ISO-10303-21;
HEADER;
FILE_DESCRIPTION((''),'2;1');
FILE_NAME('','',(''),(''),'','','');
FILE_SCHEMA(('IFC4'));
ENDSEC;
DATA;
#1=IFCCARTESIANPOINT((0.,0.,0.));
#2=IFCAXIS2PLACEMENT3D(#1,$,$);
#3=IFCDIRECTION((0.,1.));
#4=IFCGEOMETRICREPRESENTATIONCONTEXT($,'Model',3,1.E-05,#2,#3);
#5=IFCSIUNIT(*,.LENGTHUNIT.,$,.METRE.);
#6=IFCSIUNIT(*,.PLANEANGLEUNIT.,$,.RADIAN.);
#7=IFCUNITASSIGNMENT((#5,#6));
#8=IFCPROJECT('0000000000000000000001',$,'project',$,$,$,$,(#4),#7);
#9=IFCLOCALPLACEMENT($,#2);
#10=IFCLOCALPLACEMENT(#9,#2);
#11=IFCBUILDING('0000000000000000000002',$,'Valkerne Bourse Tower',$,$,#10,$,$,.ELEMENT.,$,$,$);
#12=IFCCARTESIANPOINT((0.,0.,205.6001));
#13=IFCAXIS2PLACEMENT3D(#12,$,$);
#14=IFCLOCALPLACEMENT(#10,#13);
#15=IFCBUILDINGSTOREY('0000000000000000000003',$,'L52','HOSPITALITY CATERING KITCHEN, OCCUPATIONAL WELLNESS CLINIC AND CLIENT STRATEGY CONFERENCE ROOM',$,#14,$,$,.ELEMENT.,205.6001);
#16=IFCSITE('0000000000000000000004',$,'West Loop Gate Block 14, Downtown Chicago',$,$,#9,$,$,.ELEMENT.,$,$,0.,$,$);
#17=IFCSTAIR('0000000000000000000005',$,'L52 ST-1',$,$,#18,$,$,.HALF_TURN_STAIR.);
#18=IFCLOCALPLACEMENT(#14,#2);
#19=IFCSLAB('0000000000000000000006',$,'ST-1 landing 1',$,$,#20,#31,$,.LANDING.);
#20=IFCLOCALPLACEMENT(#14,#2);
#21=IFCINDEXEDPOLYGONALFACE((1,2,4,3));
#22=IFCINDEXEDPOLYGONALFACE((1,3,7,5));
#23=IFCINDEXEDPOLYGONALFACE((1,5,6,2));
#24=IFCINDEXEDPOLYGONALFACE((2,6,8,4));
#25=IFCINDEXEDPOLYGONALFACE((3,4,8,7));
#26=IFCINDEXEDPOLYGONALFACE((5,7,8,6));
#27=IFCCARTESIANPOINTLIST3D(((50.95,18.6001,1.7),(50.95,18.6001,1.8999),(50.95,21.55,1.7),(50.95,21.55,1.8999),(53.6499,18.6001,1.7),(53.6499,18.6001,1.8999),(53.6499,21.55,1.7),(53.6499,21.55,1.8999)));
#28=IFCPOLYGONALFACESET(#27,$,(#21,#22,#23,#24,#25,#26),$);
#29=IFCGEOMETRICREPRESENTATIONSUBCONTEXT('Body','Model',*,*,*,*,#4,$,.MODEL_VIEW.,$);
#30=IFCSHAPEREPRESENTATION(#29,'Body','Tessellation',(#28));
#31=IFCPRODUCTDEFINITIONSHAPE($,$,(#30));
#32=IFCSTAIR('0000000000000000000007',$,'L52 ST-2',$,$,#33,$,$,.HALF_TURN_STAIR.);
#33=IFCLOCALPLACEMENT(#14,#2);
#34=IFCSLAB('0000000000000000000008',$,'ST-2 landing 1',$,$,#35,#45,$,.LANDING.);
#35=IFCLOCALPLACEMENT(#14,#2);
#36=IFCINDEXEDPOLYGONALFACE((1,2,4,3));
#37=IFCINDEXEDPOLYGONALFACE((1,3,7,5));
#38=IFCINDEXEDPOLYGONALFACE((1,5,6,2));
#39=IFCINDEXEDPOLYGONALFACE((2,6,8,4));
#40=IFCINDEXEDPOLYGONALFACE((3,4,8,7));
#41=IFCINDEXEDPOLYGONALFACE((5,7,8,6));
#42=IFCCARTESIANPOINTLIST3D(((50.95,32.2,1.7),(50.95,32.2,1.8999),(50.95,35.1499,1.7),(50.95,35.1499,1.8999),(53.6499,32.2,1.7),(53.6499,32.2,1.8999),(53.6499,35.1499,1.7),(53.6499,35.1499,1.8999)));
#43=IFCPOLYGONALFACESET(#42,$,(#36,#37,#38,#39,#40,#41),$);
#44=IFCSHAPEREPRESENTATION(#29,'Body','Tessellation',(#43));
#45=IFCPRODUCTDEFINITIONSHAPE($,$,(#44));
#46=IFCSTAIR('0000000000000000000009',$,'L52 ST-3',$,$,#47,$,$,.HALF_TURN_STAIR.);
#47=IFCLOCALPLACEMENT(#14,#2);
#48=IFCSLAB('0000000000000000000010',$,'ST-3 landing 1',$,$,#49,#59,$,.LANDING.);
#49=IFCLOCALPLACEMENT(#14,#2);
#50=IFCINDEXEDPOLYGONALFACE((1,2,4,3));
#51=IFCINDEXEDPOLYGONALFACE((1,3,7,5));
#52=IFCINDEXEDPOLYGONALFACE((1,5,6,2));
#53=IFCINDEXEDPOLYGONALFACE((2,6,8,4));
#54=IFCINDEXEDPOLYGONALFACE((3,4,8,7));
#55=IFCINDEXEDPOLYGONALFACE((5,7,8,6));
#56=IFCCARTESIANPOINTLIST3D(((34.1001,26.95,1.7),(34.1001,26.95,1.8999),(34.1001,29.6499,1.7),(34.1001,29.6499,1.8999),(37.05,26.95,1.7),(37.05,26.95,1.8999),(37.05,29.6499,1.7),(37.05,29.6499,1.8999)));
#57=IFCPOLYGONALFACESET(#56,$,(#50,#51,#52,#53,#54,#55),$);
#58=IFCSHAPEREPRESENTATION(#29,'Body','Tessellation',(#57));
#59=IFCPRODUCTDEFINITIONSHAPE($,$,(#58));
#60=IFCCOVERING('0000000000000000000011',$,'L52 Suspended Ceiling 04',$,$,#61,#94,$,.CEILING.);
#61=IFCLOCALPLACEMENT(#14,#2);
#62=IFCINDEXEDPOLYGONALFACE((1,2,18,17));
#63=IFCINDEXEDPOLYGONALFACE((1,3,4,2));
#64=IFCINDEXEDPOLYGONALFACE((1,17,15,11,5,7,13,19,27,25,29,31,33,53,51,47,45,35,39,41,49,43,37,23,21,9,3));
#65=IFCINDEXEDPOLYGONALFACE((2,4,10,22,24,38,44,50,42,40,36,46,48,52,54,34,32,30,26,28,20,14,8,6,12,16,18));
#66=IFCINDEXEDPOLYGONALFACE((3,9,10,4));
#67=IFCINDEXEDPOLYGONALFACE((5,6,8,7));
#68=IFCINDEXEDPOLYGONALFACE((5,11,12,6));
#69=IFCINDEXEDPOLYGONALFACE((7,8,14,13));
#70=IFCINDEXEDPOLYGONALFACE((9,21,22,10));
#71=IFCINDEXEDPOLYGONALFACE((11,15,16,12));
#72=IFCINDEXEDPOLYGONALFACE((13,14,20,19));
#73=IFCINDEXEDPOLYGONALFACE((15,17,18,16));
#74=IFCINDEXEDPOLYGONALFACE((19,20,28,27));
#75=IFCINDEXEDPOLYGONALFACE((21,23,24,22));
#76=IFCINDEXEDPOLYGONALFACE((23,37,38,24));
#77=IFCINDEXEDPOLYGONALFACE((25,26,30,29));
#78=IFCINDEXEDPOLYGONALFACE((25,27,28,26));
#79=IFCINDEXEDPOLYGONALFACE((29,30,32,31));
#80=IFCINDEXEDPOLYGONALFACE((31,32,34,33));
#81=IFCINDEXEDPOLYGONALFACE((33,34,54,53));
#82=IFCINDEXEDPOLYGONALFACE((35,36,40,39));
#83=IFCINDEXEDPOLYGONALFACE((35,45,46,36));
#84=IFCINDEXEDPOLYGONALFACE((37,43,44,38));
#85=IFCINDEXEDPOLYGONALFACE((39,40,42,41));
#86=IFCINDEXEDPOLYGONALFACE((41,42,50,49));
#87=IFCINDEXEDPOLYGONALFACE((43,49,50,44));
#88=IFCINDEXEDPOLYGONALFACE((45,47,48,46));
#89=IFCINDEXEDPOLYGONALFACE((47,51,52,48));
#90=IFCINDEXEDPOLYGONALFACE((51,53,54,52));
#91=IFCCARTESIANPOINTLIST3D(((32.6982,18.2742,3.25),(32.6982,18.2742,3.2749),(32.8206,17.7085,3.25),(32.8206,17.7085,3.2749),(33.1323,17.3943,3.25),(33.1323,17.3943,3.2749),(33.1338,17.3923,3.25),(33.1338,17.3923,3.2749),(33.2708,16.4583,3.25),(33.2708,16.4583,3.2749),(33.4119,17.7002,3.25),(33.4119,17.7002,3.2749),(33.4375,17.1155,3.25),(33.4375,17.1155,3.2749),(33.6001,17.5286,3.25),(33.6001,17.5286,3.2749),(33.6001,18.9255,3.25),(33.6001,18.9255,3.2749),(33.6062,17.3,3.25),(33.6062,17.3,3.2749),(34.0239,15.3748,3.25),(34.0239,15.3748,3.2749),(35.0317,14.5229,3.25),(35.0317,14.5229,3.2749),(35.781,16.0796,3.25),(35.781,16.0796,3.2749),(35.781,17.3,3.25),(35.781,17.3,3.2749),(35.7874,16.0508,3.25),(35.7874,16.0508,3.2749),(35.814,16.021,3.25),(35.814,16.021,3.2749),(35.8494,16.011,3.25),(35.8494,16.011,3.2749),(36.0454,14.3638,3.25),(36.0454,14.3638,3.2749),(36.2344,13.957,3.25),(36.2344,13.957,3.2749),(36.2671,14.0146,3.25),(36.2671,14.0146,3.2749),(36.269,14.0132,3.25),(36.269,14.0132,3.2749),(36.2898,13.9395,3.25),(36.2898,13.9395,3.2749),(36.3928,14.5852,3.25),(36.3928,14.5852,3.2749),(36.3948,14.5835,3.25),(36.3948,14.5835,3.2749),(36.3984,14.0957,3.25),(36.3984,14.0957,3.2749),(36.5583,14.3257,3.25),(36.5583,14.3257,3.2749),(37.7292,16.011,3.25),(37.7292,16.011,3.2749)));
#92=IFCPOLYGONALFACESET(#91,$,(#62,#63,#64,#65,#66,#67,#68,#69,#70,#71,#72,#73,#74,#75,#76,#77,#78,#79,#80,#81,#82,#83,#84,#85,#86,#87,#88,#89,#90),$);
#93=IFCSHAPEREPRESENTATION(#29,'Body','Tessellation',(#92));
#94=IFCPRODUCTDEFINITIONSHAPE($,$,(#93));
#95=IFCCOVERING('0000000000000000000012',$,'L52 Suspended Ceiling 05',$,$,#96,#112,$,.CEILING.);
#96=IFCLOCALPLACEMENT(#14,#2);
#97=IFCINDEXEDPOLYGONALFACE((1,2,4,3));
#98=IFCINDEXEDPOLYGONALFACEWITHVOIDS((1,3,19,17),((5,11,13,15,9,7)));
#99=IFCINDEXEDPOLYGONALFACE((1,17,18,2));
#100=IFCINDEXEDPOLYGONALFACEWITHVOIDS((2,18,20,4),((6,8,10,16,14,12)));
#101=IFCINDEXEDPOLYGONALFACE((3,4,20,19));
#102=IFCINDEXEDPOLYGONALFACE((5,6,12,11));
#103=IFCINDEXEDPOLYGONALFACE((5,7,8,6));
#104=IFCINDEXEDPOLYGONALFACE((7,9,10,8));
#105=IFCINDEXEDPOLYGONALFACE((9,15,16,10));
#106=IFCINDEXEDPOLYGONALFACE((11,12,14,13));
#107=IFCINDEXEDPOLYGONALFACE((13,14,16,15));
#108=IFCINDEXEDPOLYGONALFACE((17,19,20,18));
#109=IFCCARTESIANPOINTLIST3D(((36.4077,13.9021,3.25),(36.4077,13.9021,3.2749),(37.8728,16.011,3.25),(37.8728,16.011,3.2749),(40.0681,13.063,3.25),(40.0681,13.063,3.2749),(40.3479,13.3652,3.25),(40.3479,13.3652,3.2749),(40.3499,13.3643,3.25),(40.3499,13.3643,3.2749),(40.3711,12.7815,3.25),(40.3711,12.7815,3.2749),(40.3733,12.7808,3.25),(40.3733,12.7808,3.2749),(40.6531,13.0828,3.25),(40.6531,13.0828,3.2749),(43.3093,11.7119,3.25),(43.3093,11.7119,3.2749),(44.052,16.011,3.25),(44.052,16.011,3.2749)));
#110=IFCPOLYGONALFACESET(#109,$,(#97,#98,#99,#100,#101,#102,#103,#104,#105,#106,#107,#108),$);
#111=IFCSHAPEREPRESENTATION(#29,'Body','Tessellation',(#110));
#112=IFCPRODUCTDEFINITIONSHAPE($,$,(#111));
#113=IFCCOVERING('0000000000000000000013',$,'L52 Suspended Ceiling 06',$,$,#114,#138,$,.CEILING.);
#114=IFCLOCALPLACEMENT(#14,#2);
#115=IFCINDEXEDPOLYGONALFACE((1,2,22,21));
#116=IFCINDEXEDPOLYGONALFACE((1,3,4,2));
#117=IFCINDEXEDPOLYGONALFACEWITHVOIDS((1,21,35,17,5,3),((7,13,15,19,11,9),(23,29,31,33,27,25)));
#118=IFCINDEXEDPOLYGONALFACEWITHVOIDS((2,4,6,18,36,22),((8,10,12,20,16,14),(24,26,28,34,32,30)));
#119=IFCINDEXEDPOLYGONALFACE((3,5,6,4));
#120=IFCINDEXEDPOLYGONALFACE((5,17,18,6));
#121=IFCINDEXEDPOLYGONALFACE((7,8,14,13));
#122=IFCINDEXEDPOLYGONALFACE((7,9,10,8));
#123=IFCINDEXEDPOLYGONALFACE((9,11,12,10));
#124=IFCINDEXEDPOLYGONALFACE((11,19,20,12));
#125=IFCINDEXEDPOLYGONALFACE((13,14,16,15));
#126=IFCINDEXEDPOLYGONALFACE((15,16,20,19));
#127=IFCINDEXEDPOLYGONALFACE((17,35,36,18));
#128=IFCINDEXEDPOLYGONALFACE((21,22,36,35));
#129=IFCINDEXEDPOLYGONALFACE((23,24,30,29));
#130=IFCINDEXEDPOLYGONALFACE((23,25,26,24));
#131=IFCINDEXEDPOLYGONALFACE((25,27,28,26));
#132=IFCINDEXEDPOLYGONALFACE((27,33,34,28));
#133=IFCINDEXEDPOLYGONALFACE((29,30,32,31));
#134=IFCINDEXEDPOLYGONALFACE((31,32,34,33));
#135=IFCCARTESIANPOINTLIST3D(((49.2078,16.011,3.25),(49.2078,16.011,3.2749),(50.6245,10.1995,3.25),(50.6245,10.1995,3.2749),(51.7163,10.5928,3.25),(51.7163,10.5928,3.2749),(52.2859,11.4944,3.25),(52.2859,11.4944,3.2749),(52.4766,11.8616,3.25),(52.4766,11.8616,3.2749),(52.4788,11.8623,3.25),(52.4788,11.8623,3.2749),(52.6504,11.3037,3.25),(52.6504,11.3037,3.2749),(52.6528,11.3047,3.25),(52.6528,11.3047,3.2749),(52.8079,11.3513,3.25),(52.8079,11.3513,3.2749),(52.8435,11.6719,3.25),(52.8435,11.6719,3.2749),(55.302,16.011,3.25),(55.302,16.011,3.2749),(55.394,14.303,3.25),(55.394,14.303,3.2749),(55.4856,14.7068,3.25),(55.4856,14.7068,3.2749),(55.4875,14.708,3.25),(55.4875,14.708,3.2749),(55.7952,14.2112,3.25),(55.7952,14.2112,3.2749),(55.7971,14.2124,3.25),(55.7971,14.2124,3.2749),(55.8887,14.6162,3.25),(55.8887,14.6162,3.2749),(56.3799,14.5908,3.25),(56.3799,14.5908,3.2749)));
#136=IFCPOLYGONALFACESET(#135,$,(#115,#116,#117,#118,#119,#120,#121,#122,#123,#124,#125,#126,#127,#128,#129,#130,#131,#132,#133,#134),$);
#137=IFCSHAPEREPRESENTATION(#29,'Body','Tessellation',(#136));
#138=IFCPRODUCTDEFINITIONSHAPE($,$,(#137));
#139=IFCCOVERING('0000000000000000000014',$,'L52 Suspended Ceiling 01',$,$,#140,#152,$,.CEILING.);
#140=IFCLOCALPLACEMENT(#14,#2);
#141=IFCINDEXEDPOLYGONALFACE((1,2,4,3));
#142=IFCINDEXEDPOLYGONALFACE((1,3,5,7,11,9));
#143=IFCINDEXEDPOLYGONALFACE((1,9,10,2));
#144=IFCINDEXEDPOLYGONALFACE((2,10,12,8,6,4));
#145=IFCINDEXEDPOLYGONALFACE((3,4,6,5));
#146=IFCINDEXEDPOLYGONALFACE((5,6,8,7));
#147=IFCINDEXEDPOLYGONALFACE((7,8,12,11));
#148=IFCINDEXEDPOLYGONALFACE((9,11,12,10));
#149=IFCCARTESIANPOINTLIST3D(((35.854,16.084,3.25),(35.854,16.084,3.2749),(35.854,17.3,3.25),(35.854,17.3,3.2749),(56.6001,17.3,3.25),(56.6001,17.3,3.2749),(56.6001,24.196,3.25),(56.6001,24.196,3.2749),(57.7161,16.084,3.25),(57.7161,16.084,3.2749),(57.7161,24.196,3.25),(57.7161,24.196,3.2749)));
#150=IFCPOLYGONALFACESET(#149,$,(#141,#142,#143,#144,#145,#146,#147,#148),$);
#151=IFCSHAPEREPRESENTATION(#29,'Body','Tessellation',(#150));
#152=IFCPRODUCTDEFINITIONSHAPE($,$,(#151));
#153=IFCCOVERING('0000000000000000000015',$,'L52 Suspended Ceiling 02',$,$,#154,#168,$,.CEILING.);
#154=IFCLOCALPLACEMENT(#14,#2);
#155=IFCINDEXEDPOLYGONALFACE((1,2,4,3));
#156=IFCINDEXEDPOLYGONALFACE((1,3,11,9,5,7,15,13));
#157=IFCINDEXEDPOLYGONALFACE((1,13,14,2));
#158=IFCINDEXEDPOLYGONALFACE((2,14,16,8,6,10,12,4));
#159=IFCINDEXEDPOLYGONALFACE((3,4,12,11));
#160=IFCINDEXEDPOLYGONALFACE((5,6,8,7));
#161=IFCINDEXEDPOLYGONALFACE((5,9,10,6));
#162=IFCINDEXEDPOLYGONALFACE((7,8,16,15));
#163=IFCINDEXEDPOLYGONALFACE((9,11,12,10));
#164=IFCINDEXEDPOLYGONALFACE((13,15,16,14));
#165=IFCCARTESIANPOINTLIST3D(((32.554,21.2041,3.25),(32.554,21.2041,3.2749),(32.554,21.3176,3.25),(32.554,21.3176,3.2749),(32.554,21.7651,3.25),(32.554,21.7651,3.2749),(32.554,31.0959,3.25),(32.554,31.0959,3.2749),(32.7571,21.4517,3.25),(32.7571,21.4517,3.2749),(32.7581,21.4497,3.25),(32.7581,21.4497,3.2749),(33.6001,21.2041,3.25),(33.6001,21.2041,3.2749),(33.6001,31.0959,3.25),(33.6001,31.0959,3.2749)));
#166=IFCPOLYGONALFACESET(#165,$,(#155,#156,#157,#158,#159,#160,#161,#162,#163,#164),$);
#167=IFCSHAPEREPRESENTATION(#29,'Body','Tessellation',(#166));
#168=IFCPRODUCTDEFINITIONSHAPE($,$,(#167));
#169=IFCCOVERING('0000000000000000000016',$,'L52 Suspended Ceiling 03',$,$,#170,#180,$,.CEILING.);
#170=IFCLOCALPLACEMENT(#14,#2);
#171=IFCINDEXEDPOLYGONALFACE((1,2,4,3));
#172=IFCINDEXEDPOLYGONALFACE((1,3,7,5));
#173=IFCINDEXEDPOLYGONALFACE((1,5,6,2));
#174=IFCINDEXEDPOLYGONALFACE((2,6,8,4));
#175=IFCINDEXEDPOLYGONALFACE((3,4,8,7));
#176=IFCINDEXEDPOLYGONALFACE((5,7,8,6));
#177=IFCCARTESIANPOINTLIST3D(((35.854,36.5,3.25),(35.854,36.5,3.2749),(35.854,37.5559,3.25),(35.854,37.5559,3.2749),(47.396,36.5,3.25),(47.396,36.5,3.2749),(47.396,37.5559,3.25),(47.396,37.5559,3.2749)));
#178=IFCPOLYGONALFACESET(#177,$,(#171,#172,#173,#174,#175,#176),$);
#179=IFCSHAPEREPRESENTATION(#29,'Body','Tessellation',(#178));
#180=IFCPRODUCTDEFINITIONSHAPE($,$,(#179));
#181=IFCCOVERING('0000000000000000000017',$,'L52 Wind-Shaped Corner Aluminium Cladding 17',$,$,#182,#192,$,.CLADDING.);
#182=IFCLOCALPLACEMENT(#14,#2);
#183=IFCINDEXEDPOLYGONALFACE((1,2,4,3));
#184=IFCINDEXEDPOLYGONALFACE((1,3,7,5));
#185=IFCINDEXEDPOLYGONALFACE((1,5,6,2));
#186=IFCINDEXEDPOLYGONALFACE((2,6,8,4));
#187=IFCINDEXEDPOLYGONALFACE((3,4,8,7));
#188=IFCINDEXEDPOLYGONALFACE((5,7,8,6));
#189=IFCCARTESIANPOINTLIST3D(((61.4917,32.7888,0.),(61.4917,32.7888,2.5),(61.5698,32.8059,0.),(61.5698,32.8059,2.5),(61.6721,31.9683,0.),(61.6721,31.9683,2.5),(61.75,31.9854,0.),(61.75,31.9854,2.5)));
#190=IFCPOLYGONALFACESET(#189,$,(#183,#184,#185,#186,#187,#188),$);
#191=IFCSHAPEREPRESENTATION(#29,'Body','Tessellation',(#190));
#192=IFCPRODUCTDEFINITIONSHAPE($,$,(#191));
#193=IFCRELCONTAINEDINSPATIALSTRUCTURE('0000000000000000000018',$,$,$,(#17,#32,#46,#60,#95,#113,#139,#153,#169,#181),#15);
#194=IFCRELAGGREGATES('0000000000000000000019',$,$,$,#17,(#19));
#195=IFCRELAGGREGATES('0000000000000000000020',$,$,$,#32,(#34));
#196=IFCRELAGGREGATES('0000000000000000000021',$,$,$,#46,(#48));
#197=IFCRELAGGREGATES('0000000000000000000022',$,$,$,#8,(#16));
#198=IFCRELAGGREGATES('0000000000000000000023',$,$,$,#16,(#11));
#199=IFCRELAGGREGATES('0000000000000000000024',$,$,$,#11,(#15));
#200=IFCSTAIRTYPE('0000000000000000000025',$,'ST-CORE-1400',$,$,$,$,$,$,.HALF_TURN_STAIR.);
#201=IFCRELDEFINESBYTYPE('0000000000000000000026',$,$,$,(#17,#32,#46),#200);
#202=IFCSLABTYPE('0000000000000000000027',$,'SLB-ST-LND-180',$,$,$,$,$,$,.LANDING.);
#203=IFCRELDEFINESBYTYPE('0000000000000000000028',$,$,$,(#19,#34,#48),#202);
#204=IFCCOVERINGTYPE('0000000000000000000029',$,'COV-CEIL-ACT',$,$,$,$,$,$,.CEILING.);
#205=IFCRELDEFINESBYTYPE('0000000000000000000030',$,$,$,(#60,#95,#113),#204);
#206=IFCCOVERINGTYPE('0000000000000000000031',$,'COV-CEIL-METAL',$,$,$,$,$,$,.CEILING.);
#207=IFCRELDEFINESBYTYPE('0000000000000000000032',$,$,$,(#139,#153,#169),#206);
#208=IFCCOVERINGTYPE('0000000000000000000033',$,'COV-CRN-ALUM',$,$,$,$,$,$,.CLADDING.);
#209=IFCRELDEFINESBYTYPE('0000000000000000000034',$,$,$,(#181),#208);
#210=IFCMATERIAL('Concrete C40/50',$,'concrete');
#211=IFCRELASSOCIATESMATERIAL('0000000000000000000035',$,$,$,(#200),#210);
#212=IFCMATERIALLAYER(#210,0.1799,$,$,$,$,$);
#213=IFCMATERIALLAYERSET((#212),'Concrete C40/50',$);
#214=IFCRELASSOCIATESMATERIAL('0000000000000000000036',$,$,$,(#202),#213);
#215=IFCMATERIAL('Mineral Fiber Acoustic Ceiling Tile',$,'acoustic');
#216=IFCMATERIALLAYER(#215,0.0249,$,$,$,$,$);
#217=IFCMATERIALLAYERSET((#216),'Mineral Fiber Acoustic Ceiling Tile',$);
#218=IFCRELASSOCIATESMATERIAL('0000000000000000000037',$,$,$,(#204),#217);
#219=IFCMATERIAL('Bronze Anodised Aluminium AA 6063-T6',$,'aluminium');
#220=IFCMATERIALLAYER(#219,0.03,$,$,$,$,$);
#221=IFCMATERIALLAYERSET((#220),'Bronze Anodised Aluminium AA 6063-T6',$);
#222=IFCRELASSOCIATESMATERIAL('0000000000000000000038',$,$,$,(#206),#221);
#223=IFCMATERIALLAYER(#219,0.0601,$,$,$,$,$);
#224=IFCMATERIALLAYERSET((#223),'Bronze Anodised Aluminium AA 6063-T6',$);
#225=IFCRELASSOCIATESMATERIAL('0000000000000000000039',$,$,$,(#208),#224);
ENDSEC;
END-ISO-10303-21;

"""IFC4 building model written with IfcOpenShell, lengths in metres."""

from ifc_helpers import new_model, si_unit, direction, frame, origin, place, context, subcontext, project, spatial, polyline, outline, extrude, material, layer, layer_set, type_object, element, aggregate, save


model = new_model("IFC4")

# Units and contexts
model_context = context("Model", 3, precision=1e-05, world=origin(), true_north=direction((0.0, 1.0)))
body_context = subcontext(model_context, "Body", "Model", "MODEL_VIEW")
ifc_project = project(units=[si_unit("LENGTHUNIT", "METRE"), si_unit("PLANEANGLEUNIT", "RADIAN")], contexts=[model_context])

# Site, building, storey
site_placement = place(None, origin())
site = spatial("IfcSite", under=ifc_project, at=site_placement, Name="West Loop Gate Block 14, Downtown Chicago", CompositionType="ELEMENT", RefElevation=0.0)
building_placement = place(site_placement, origin())
building = spatial("IfcBuilding", under=site, at=building_placement, Name="Valkerne Bourse Tower", CompositionType="ELEMENT")
storey_placement = place(building_placement, frame((0.0, 0.0, 205.6001)))
storey = spatial("IfcBuildingStorey", under=building, at=storey_placement, Name="L52", Description="HOSPITALITY CATERING KITCHEN, OCCUPATIONAL WELLNESS CLINIC AND CLIENT STRATEGY CONFERENCE ROOM", CompositionType="ELEMENT", Elevation=205.6001)

# Stairs, slabs
ifc_material_1 = material(Name="Concrete C40/50", Category="concrete")
stair_type = type_object("IfcStairType", Name="ST-CORE-1400", PredefinedType="HALF_TURN_STAIR", material=ifc_material_1)
stair_1_placement = place(storey_placement, origin())
stair_1 = element("IfcStair", 1, at=stair_1_placement, inside=storey, type_object=stair_type, Name="L52 ST-1", PredefinedType="HALF_TURN_STAIR")
ifc_layer_1 = layer(ifc_material_1, 0.1799)
ifc_layer_set_1 = layer_set([ifc_layer_1], Name="Concrete C40/50")
slab_type = type_object("IfcSlabType", Name="SLB-ST-LND-180", PredefinedType="LANDING", material=ifc_layer_set_1)
slab_1_placement = place(storey_placement, frame((0.0, 0.0, 1.7)))
slab_1 = element("IfcSlab", 2, at=slab_1_placement, type_object=slab_type, Name="ST-1 landing 1", PredefinedType="LANDING", context=body_context, shape_type="SweptSolid", body=[
    extrude(outline(polyline([(50.95, 18.6001), (53.6499, 18.6001), (53.6499, 21.55), (50.95, 21.55), (50.95, 18.6001)])), origin(), (0.0, 0.0, 1.0), 0.2),
])
aggregate(stair_1, [slab_1])
stair_2_placement = place(storey_placement, origin())
stair_2 = element("IfcStair", 3, at=stair_2_placement, inside=storey, type_object=stair_type, Name="L52 ST-2", PredefinedType="HALF_TURN_STAIR")
slab_2_placement = place(storey_placement, frame((0.0, 0.0, 1.7)))
slab_2 = element("IfcSlab", 4, at=slab_2_placement, type_object=slab_type, Name="ST-2 landing 1", PredefinedType="LANDING", context=body_context, shape_type="SweptSolid", body=[
    extrude(outline(polyline([(50.95, 32.2), (53.6499, 32.2), (53.6499, 35.1499), (50.95, 35.1499), (50.95, 32.2)])), origin(), (0.0, 0.0, 1.0), 0.2),
])
aggregate(stair_2, [slab_2])
stair_3_placement = place(storey_placement, origin())
stair_3 = element("IfcStair", 5, at=stair_3_placement, inside=storey, type_object=stair_type, Name="L52 ST-3", PredefinedType="HALF_TURN_STAIR")
slab_3_placement = place(storey_placement, frame((0.0, 0.0, 1.7)))
slab_3 = element("IfcSlab", 6, at=slab_3_placement, type_object=slab_type, Name="ST-3 landing 1", PredefinedType="LANDING", context=body_context, shape_type="SweptSolid", body=[
    extrude(outline(polyline([(37.05, 26.95), (37.05, 29.6499), (34.1001, 29.6499), (34.1001, 26.95), (37.05, 26.95)])), origin(), (0.0, 0.0, 1.0), 0.2),
])
aggregate(stair_3, [slab_3])

# Coverings
ifc_material_2 = material(Name="Mineral Fiber Acoustic Ceiling Tile", Category="acoustic")
ifc_layer_2 = layer(ifc_material_2, 0.0249)
ifc_layer_set_2 = layer_set([ifc_layer_2], Name="Mineral Fiber Acoustic Ceiling Tile")
covering_type_1 = type_object("IfcCoveringType", Name="COV-CEIL-ACT", PredefinedType="CEILING", material=ifc_layer_set_2)
covering_1_placement = place(storey_placement, frame((0.0, 0.0, 3.25)))
element("IfcCovering", 7, at=covering_1_placement, inside=storey, type_object=covering_type_1, Name="L52 Suspended Ceiling 04", PredefinedType="CEILING", context=body_context, shape_type="SweptSolid", body=[
    extrude(outline(polyline([(34.0239, 15.3748), (33.2708, 16.4583), (32.8206, 17.7085), (32.6982, 18.2742), (33.6001, 18.9255), (33.6001, 17.5286), (33.4119, 17.7002), (33.1323, 17.3943), (33.1338, 17.3923), (33.4375, 17.1155), (33.6062, 17.3), (35.781, 17.3), (35.781, 16.0796), (35.7874, 16.0508), (35.814, 16.021), (35.8494, 16.011), (37.7292, 16.011), (36.5583, 14.3257), (36.3948, 14.5835), (36.3928, 14.5852), (36.0454, 14.3638), (36.2671, 14.0146), (36.269, 14.0132), (36.3984, 14.0957), (36.2898, 13.9395), (36.2344, 13.957), (35.0317, 14.5229), (34.0239, 15.3748)])), origin(), (0.0, 0.0, 1.0), 0.0249),
])
covering_2_placement = place(storey_placement, frame((0.0, 0.0, 3.25)))
element("IfcCovering", 8, at=covering_2_placement, inside=storey, type_object=covering_type_1, Name="L52 Suspended Ceiling 05", PredefinedType="CEILING", context=body_context, shape_type="SweptSolid", body=[
    extrude(outline(polyline([(44.052, 16.011), (43.3093, 11.7119), (36.4077, 13.9021), (37.8728, 16.011), (44.052, 16.011)]), holes=[polyline([(40.3499, 13.3643), (40.3479, 13.3652), (40.0681, 13.063), (40.3711, 12.7815), (40.3733, 12.7808), (40.6531, 13.0828), (40.3499, 13.3643)])]), origin(), (0.0, 0.0, 1.0), 0.0249),
])
covering_3_placement = place(storey_placement, frame((0.0, 0.0, 3.25)))
element("IfcCovering", 9, at=covering_3_placement, inside=storey, type_object=covering_type_1, Name="L52 Suspended Ceiling 06", PredefinedType="CEILING", context=body_context, shape_type="SweptSolid", body=[
    extrude(outline(polyline([(50.6245, 10.1995), (49.2078, 16.011), (55.302, 16.011), (56.3799, 14.5908), (52.8079, 11.3513), (51.7163, 10.5928), (50.6245, 10.1995)]), holes=[polyline([(52.8435, 11.6719), (52.4788, 11.8623), (52.4766, 11.8616), (52.2859, 11.4944), (52.6504, 11.3037), (52.6528, 11.3047), (52.8435, 11.6719)]), polyline([(55.8887, 14.6162), (55.4875, 14.708), (55.4856, 14.7068), (55.394, 14.303), (55.7952, 14.2112), (55.7971, 14.2124), (55.8887, 14.6162)])]), origin(), (0.0, 0.0, 1.0), 0.0249),
])
ifc_material_3 = material(Name="Bronze Anodised Aluminium AA 6063-T6", Category="aluminium")
ifc_layer_3 = layer(ifc_material_3, 0.03)
ifc_layer_set_3 = layer_set([ifc_layer_3], Name="Bronze Anodised Aluminium AA 6063-T6")
covering_type_2 = type_object("IfcCoveringType", Name="COV-CEIL-METAL", PredefinedType="CEILING", material=ifc_layer_set_3)
covering_4_placement = place(storey_placement, frame((0.0, 0.0, 3.25)))
element("IfcCovering", 10, at=covering_4_placement, inside=storey, type_object=covering_type_2, Name="L52 Suspended Ceiling 01", PredefinedType="CEILING", context=body_context, shape_type="SweptSolid", body=[
    extrude(outline(polyline([(35.854, 17.3), (56.6001, 17.3), (56.6001, 24.196), (57.7161, 24.196), (57.7161, 16.084), (35.854, 16.084), (35.854, 17.3)])), origin(), (0.0, 0.0, 1.0), 0.0249),
])
covering_5_placement = place(storey_placement, frame((0.0, 0.0, 3.25)))
element("IfcCovering", 11, at=covering_5_placement, inside=storey, type_object=covering_type_2, Name="L52 Suspended Ceiling 02", PredefinedType="CEILING", context=body_context, shape_type="SweptSolid", body=[
    extrude(outline(polyline([(32.554, 21.2041), (32.554, 21.3176), (32.7581, 21.4497), (32.7571, 21.4517), (32.554, 21.7651), (32.554, 31.0959), (33.6001, 31.0959), (33.6001, 21.2041), (32.554, 21.2041)])), origin(), (0.0, 0.0, 1.0), 0.0249),
])
covering_6_placement = place(storey_placement, frame((0.0, 0.0, 3.25)))
element("IfcCovering", 12, at=covering_6_placement, inside=storey, type_object=covering_type_2, Name="L52 Suspended Ceiling 03", PredefinedType="CEILING", context=body_context, shape_type="SweptSolid", body=[
    extrude(outline(polyline([(35.854, 37.5559), (47.396, 37.5559), (47.396, 36.5), (35.854, 36.5), (35.854, 37.5559)])), origin(), (0.0, 0.0, 1.0), 0.0249),
])
ifc_layer_4 = layer(ifc_material_3, 0.0601)
ifc_layer_set_4 = layer_set([ifc_layer_4], Name="Bronze Anodised Aluminium AA 6063-T6")
covering_type_3 = type_object("IfcCoveringType", Name="COV-CRN-ALUM", PredefinedType="CLADDING", material=ifc_layer_set_4)
covering_7_placement = place(storey_placement, origin())
element("IfcCovering", 13, at=covering_7_placement, inside=storey, type_object=covering_type_3, Name="L52 Wind-Shaped Corner Aluminium Cladding 17", PredefinedType="CLADDING", context=body_context, shape_type="SweptSolid", body=[
    extrude(outline(polyline([(61.75, 31.9854), (61.6721, 31.9683), (61.4917, 32.7888), (61.5698, 32.8059), (61.75, 31.9854)])), origin(), (0.0, 0.0, 1.0), 2.5),
])

save(model, "model.ifc")
